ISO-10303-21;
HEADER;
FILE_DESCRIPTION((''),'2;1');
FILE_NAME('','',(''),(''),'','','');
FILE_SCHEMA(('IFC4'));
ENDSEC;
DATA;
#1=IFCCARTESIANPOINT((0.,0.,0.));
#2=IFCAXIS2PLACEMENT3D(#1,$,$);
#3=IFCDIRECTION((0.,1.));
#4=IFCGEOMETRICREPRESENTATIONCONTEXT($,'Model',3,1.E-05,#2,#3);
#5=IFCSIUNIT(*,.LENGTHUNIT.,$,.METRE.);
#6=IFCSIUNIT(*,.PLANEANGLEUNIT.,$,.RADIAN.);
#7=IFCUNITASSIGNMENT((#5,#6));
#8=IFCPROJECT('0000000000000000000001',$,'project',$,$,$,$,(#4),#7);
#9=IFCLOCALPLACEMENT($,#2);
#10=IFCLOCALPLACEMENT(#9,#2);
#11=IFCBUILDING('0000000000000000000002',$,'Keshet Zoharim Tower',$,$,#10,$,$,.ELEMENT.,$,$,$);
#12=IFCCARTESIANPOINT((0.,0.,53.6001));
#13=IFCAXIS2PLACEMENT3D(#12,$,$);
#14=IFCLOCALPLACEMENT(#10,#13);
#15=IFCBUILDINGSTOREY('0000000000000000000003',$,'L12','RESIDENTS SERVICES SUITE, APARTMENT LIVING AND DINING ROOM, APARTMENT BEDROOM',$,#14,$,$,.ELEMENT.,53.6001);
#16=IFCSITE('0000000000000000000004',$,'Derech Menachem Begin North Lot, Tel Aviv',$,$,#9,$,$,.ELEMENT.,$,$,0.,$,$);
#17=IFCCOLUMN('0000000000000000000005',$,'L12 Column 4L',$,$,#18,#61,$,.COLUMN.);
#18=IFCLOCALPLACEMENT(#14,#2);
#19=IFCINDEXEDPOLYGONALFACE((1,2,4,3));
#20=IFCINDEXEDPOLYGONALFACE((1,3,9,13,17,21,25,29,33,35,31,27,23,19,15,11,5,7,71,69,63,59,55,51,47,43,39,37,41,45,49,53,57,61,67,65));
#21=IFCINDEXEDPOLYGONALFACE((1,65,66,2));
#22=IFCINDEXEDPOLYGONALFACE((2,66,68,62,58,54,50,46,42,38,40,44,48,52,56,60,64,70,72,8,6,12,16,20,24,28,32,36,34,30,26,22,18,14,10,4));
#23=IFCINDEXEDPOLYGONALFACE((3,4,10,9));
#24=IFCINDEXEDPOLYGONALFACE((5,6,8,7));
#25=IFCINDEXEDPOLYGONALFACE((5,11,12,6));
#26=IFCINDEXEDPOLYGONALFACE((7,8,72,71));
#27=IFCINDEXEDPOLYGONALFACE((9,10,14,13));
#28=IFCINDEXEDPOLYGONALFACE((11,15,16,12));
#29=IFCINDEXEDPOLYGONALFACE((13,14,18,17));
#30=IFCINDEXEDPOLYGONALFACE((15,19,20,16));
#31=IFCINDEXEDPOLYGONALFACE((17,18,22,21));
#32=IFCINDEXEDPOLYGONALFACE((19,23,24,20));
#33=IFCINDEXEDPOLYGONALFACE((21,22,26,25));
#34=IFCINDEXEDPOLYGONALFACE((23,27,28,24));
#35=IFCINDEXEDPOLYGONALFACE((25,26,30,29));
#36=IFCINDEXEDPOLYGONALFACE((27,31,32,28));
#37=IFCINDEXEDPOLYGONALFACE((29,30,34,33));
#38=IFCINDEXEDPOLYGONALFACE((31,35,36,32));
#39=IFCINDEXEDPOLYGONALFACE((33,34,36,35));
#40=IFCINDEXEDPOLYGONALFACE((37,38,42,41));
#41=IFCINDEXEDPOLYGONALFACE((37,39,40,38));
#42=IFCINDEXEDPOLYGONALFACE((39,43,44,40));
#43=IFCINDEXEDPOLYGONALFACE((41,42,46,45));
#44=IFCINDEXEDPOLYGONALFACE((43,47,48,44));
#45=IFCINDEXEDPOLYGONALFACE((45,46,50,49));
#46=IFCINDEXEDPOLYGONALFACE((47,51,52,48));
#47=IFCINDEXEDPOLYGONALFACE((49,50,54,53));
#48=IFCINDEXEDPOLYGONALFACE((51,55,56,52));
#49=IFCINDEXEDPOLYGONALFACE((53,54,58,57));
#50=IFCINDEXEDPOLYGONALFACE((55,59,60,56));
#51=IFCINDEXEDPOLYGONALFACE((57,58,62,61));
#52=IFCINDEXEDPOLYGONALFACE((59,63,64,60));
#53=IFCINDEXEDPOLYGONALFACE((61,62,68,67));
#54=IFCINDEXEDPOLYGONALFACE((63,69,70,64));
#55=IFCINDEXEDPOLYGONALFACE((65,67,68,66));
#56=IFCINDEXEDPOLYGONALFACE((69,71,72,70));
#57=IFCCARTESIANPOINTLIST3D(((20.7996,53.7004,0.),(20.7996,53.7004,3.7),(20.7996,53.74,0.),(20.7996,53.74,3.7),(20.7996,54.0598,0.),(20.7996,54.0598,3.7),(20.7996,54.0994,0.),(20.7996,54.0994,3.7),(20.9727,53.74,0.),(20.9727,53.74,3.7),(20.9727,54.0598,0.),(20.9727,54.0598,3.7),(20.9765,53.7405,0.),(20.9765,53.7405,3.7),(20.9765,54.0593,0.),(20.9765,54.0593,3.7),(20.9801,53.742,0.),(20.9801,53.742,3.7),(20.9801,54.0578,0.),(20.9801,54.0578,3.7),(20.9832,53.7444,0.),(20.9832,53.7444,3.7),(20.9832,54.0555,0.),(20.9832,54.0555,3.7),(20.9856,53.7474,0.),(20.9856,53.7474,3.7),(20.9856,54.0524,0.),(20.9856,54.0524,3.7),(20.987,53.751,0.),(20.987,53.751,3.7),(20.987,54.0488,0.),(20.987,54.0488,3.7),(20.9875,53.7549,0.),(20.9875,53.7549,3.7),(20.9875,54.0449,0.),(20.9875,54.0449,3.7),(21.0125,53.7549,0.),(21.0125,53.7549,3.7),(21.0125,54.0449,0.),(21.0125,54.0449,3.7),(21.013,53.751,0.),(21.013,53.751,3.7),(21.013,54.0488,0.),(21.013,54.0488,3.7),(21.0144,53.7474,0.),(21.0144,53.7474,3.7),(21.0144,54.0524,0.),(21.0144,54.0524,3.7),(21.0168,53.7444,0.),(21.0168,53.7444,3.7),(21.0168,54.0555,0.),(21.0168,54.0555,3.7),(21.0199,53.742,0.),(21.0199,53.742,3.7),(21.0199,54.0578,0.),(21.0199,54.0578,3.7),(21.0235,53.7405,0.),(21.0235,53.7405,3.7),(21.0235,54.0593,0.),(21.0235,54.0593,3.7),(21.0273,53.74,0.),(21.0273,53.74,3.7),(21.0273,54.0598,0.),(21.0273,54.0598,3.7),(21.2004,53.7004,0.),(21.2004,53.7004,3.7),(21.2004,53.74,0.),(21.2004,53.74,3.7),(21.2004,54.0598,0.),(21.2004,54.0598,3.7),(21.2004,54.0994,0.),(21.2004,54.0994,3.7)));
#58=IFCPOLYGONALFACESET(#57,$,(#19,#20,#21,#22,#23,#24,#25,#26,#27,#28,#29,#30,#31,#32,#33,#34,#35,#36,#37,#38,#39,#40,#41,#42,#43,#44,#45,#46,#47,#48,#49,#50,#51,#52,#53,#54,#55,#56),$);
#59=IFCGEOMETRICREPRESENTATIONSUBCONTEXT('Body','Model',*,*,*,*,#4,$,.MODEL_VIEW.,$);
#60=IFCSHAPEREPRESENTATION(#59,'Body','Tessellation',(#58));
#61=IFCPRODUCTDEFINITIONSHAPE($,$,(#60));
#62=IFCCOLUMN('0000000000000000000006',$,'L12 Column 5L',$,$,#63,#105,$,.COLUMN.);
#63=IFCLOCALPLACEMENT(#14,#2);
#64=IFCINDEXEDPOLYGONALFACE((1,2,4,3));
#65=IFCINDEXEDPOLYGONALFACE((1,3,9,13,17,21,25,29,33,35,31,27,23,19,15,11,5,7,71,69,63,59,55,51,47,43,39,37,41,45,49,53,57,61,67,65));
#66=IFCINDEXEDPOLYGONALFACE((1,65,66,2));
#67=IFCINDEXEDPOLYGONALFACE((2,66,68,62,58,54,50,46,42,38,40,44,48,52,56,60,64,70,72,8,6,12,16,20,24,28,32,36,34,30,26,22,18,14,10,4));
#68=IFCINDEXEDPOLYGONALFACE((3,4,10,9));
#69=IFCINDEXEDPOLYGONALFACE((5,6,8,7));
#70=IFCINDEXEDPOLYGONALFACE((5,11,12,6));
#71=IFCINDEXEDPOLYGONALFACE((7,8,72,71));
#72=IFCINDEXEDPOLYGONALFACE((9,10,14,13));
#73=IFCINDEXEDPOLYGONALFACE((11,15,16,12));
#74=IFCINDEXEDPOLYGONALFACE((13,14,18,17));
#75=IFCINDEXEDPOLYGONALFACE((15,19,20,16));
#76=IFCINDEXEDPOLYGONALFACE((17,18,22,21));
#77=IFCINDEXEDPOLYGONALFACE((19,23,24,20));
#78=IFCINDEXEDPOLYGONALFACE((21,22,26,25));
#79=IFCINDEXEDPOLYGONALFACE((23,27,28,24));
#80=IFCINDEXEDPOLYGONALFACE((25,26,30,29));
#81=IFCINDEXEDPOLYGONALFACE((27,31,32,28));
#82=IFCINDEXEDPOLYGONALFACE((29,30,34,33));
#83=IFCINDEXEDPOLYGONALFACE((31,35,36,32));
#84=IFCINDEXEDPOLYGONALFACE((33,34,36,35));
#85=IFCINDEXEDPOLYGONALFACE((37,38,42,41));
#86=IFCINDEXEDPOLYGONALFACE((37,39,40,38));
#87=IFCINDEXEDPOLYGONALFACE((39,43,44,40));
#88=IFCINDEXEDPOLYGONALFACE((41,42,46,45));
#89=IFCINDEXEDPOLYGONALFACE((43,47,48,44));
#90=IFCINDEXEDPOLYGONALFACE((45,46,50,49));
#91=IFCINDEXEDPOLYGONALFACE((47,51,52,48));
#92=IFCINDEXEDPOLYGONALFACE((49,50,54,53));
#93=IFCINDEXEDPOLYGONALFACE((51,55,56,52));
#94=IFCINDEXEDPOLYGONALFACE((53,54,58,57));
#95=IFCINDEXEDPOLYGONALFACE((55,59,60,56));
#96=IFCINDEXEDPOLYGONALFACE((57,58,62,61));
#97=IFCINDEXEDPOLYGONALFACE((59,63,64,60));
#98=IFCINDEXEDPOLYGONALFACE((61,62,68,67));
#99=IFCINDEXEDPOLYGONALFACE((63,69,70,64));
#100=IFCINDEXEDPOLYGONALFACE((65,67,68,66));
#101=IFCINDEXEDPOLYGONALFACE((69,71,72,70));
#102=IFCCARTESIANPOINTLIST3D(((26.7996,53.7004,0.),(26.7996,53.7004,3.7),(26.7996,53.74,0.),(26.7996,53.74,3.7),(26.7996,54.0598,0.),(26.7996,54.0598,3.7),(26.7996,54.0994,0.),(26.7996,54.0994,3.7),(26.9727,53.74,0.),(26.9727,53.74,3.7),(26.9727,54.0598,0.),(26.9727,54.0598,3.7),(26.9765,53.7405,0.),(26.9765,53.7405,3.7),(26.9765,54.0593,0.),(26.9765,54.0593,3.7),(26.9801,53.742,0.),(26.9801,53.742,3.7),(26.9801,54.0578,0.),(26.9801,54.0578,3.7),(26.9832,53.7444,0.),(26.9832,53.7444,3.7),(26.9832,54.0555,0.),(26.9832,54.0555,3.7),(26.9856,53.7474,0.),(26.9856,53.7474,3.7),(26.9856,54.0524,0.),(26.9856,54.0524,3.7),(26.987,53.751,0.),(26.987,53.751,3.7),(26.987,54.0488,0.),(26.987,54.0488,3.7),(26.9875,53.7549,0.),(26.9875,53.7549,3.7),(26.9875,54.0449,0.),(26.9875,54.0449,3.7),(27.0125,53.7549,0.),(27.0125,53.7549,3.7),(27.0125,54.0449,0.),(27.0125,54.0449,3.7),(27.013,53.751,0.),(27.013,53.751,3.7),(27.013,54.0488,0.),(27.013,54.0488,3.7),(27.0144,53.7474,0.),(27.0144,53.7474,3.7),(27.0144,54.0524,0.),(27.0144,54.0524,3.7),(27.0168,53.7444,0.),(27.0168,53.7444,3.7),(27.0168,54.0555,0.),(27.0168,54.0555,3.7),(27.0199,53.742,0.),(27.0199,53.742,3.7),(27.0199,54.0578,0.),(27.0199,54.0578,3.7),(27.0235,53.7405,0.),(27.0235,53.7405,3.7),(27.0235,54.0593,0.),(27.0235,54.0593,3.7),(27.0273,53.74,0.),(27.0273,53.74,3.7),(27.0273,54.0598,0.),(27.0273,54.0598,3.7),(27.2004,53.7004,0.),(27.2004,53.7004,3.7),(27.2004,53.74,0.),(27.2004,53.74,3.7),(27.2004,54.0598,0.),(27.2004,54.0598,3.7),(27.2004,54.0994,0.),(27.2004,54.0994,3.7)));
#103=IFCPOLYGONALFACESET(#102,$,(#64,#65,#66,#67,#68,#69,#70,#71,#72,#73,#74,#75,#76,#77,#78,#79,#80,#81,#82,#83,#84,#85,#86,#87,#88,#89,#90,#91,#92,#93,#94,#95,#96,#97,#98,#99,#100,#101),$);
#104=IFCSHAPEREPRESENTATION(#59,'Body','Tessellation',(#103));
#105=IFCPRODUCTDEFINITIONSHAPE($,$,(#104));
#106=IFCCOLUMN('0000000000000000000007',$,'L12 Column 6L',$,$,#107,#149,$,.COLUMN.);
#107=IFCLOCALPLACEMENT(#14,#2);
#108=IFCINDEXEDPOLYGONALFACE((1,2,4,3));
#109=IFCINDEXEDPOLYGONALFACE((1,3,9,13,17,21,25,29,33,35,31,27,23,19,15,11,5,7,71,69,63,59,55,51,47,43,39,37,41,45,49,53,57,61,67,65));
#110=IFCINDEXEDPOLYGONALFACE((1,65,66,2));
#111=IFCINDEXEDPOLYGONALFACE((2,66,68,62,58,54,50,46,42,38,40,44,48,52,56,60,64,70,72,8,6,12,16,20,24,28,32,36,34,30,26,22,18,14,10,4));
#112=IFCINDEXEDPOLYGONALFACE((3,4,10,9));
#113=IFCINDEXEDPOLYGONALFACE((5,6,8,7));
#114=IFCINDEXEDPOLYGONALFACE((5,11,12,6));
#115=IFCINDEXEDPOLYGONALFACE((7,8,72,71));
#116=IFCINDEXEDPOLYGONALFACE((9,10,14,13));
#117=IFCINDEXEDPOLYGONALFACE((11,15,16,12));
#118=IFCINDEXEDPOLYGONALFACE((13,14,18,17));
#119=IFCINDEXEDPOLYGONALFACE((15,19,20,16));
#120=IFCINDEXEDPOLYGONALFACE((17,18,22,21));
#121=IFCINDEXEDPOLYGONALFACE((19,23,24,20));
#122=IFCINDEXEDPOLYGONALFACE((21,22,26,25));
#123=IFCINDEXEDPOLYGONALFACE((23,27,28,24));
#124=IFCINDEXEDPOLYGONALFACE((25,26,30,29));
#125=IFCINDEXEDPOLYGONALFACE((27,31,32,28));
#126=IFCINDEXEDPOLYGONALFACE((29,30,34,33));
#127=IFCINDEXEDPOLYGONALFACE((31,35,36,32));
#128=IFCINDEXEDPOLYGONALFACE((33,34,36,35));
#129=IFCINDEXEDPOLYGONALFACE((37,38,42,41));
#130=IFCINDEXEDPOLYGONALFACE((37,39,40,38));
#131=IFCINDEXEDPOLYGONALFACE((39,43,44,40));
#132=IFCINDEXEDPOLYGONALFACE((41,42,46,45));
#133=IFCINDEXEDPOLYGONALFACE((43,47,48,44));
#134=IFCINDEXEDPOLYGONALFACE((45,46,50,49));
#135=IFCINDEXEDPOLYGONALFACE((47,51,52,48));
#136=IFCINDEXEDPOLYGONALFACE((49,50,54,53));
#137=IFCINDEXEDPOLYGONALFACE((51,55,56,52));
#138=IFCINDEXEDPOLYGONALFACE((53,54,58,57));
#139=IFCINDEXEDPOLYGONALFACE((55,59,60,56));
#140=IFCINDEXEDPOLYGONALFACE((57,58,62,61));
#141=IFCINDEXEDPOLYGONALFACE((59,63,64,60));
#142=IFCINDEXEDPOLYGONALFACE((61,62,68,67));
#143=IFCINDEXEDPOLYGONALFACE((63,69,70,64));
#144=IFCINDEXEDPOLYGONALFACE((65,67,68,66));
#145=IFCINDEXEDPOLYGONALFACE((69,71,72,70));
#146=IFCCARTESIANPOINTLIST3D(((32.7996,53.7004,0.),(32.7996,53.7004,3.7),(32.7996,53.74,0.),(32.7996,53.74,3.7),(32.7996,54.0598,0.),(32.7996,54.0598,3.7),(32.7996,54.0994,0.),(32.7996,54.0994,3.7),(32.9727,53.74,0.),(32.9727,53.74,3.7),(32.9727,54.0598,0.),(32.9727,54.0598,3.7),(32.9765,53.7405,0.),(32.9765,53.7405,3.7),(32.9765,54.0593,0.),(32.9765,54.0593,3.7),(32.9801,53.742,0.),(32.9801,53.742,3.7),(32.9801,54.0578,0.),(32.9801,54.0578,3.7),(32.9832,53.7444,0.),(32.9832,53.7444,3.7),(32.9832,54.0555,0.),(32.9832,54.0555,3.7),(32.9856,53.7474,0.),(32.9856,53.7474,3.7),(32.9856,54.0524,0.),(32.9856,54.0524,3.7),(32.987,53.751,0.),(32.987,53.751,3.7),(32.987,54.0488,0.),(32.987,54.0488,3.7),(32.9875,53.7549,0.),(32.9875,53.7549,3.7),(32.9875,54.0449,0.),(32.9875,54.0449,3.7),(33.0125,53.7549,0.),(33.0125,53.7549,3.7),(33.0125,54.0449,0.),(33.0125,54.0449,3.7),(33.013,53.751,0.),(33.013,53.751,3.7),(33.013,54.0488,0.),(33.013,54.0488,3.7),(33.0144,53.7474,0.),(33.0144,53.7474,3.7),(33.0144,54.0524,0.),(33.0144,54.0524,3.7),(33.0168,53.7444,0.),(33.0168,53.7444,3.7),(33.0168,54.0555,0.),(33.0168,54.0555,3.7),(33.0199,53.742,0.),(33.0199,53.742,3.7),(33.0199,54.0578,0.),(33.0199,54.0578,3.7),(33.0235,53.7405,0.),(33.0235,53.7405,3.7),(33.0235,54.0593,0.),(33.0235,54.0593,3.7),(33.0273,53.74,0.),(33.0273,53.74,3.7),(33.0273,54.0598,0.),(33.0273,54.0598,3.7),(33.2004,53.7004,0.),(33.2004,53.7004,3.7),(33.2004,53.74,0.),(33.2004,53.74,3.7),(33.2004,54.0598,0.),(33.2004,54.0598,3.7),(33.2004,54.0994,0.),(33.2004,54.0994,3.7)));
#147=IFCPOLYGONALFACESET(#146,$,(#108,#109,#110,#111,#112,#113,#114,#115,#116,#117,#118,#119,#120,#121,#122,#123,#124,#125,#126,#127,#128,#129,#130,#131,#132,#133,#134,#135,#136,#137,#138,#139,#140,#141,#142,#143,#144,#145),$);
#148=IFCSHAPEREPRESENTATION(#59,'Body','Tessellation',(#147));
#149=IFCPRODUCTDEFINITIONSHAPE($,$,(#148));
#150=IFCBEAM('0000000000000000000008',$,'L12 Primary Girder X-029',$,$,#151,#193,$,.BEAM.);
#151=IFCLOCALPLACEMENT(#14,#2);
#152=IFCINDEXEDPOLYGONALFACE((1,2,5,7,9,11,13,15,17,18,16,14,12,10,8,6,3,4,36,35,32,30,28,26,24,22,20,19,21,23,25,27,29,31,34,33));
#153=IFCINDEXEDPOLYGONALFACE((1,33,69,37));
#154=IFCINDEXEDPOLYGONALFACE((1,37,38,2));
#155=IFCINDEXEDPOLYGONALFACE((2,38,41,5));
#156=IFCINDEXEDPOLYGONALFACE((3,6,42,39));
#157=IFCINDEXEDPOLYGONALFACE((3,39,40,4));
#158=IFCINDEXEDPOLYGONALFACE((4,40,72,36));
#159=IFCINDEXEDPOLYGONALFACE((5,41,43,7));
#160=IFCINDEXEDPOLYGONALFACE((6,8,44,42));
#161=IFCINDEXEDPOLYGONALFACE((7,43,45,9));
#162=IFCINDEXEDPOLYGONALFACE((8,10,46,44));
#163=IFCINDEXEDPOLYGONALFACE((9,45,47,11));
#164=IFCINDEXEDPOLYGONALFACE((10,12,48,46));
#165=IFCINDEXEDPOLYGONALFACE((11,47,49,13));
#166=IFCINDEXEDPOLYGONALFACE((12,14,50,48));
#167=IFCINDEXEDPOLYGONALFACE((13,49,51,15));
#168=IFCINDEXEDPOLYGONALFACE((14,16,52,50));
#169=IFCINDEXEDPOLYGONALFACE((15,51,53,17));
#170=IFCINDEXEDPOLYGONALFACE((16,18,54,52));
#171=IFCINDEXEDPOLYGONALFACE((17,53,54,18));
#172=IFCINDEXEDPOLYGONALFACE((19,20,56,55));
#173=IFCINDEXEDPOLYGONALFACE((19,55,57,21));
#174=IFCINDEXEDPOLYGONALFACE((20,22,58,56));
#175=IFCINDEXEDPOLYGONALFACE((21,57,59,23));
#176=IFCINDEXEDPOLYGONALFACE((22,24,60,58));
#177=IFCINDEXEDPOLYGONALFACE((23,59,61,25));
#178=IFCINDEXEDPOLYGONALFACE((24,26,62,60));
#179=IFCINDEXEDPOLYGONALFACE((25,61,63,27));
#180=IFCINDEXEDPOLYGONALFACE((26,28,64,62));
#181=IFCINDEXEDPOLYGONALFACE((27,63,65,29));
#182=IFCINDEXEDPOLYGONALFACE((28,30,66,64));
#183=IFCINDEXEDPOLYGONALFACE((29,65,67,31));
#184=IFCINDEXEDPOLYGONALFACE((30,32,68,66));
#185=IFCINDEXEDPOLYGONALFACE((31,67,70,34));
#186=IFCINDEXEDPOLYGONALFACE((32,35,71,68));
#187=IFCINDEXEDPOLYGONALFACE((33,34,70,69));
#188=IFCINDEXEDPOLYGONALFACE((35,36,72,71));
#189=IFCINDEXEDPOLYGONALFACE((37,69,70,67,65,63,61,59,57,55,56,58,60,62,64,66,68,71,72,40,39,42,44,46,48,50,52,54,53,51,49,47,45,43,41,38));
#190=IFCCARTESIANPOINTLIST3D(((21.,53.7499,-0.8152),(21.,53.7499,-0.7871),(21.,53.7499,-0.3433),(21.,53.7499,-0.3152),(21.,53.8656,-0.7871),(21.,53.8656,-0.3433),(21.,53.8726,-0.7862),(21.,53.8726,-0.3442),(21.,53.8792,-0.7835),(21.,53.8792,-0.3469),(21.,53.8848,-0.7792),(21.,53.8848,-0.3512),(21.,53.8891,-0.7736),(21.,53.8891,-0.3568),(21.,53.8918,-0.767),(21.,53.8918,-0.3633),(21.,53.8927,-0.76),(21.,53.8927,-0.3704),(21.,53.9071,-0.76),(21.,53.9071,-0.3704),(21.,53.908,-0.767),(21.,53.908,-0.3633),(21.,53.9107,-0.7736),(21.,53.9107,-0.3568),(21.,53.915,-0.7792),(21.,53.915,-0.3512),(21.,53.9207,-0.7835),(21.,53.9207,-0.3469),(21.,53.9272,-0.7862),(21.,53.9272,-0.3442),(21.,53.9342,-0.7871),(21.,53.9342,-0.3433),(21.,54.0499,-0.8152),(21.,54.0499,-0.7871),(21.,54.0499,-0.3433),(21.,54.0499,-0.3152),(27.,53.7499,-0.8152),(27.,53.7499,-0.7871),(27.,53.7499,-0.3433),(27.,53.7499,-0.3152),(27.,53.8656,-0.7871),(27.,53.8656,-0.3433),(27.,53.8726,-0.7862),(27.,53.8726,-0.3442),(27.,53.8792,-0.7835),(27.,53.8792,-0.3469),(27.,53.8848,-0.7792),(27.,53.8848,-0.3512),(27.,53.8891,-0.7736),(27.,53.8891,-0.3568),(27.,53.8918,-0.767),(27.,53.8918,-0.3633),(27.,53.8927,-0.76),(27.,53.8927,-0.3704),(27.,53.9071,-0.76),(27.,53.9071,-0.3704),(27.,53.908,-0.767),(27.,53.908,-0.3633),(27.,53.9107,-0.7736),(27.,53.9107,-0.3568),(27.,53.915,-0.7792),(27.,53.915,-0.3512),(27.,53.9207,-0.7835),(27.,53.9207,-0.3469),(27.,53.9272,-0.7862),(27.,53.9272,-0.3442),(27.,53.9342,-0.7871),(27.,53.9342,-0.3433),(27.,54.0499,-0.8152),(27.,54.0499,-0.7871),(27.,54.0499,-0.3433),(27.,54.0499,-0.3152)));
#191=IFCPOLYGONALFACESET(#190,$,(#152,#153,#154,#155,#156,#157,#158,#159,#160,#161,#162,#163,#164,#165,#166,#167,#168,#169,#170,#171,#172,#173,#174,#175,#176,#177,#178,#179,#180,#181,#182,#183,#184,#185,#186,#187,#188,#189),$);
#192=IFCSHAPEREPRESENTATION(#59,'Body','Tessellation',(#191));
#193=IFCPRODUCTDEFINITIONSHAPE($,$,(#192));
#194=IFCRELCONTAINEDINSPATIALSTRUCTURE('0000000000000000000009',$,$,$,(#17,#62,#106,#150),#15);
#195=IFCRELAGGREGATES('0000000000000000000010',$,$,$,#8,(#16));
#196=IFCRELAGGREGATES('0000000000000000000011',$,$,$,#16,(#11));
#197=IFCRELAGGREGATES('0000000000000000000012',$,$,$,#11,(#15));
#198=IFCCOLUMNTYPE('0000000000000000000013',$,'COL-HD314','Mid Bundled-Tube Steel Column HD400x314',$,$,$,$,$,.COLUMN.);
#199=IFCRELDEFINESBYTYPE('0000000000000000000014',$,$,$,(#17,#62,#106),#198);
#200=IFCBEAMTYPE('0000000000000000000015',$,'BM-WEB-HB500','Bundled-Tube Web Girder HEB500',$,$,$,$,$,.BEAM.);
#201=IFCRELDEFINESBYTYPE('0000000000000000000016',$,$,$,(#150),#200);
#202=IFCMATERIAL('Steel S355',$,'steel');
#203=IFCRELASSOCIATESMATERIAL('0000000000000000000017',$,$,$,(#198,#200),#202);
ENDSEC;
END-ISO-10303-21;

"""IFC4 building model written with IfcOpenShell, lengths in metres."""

from ifc_helpers import new_model, si_unit, direction, frame, origin, origin_2d, place, context, subcontext, project, spatial, i_section, extrude, material, material_profile, profile_set, type_object, element, save


model = new_model("IFC4")

# Units and contexts
model_context = context("Model", 3, precision=1e-05, world=origin(), true_north=direction((0.0, 1.0)))
body_context = subcontext(model_context, "Body", "Model", "MODEL_VIEW")
ifc_project = project(units=[si_unit("LENGTHUNIT", "METRE"), si_unit("PLANEANGLEUNIT", "RADIAN")], contexts=[model_context])

# Site, building, storey
site_placement = place(None, origin())
site = spatial("IfcSite", under=ifc_project, at=site_placement, Name="Derech Menachem Begin North Lot, Tel Aviv", CompositionType="ELEMENT", RefElevation=0.0)
building_placement = place(site_placement, origin())
building = spatial("IfcBuilding", under=site, at=building_placement, Name="Keshet Zoharim Tower", CompositionType="ELEMENT")
storey_placement = place(building_placement, frame((0.0, 0.0, 53.6001)))
storey = spatial("IfcBuildingStorey", under=building, at=storey_placement, Name="L12", Description="RESIDENTS SERVICES SUITE, APARTMENT LIVING AND DINING ROOM, APARTMENT BEDROOM", CompositionType="ELEMENT", Elevation=53.6001)

# Columns
ifc_material_1 = material(Name="Steel S355", Category="steel")
ifc_material_profile_1 = material_profile(ifc_material_1, i_section(OverallWidth=0.4009, OverallDepth=0.3989, WebThickness=0.0249, FlangeThickness=0.0396, FilletRadius=0.0149, at=origin_2d()), Name="HD400x314")
ifc_profile_set_1 = profile_set([ifc_material_profile_1], Name="Steel S355")
column_type = type_object("IfcColumnType", Name="COL-HD314", Description="Mid Bundled-Tube Steel Column HD400x314", PredefinedType="COLUMN", material=ifc_profile_set_1)
for number, where, z_axis, x_axis, name in (
    (1, (21.0, 53.8999, 0.0), (0.0, 0.0, 1.0), (1.0, 0.0, 0.0), "L12 Column 4L"),
    (2, (27.0, 53.8999, 0.0), (0.0, 0.0, 1.0), (1.0, 0.0, 0.0), "L12 Column 5L"),
    (3, (33.0, 53.8999, 0.0), (0.0, 0.0, 1.0), (1.0, 0.0, 0.0), "L12 Column 6L"),
):
    element("IfcColumn", number, at=place(storey_placement, frame(where, z_axis=z_axis, x_axis=x_axis)), inside=storey, type_object=column_type, Name=name, PredefinedType="COLUMN", context=body_context, shape_type="SweptSolid", body=[
        extrude(i_section(OverallWidth=0.4009, OverallDepth=0.3989, WebThickness=0.0249, FlangeThickness=0.0396, FilletRadius=0.0149, at=origin_2d()), origin(), (0.0, 0.0, 1.0), 3.7),
    ])

# Beam
ifc_material_profile_2 = material_profile(ifc_material_1, i_section(OverallWidth=0.3, OverallDepth=0.5, WebThickness=0.0144, FlangeThickness=0.0281, FilletRadius=0.0271, at=origin_2d()), Name="HEB500")
ifc_profile_set_2 = profile_set([ifc_material_profile_2], Name="Steel S355")
beam_type = type_object("IfcBeamType", Name="BM-WEB-HB500", Description="Bundled-Tube Web Girder HEB500", PredefinedType="BEAM", material=ifc_profile_set_2)
for number, where, z_axis, x_axis, name in (
    (4, (21.0, 53.8999, -0.5652), (1.0, 0.0, 0.0), (0.0, 1.0, 0.0), "L12 Primary Girder X-029"),
):
    element("IfcBeam", number, at=place(storey_placement, frame(where, z_axis=z_axis, x_axis=x_axis)), inside=storey, type_object=beam_type, Name=name, PredefinedType="BEAM", context=body_context, shape_type="SweptSolid", body=[
        extrude(i_section(OverallWidth=0.3, OverallDepth=0.5, WebThickness=0.0144, FlangeThickness=0.0281, FilletRadius=0.0271, at=origin_2d()), origin(), (0.0, 0.0, 1.0), 6.0),
    ])

save(model, "model.ifc")
